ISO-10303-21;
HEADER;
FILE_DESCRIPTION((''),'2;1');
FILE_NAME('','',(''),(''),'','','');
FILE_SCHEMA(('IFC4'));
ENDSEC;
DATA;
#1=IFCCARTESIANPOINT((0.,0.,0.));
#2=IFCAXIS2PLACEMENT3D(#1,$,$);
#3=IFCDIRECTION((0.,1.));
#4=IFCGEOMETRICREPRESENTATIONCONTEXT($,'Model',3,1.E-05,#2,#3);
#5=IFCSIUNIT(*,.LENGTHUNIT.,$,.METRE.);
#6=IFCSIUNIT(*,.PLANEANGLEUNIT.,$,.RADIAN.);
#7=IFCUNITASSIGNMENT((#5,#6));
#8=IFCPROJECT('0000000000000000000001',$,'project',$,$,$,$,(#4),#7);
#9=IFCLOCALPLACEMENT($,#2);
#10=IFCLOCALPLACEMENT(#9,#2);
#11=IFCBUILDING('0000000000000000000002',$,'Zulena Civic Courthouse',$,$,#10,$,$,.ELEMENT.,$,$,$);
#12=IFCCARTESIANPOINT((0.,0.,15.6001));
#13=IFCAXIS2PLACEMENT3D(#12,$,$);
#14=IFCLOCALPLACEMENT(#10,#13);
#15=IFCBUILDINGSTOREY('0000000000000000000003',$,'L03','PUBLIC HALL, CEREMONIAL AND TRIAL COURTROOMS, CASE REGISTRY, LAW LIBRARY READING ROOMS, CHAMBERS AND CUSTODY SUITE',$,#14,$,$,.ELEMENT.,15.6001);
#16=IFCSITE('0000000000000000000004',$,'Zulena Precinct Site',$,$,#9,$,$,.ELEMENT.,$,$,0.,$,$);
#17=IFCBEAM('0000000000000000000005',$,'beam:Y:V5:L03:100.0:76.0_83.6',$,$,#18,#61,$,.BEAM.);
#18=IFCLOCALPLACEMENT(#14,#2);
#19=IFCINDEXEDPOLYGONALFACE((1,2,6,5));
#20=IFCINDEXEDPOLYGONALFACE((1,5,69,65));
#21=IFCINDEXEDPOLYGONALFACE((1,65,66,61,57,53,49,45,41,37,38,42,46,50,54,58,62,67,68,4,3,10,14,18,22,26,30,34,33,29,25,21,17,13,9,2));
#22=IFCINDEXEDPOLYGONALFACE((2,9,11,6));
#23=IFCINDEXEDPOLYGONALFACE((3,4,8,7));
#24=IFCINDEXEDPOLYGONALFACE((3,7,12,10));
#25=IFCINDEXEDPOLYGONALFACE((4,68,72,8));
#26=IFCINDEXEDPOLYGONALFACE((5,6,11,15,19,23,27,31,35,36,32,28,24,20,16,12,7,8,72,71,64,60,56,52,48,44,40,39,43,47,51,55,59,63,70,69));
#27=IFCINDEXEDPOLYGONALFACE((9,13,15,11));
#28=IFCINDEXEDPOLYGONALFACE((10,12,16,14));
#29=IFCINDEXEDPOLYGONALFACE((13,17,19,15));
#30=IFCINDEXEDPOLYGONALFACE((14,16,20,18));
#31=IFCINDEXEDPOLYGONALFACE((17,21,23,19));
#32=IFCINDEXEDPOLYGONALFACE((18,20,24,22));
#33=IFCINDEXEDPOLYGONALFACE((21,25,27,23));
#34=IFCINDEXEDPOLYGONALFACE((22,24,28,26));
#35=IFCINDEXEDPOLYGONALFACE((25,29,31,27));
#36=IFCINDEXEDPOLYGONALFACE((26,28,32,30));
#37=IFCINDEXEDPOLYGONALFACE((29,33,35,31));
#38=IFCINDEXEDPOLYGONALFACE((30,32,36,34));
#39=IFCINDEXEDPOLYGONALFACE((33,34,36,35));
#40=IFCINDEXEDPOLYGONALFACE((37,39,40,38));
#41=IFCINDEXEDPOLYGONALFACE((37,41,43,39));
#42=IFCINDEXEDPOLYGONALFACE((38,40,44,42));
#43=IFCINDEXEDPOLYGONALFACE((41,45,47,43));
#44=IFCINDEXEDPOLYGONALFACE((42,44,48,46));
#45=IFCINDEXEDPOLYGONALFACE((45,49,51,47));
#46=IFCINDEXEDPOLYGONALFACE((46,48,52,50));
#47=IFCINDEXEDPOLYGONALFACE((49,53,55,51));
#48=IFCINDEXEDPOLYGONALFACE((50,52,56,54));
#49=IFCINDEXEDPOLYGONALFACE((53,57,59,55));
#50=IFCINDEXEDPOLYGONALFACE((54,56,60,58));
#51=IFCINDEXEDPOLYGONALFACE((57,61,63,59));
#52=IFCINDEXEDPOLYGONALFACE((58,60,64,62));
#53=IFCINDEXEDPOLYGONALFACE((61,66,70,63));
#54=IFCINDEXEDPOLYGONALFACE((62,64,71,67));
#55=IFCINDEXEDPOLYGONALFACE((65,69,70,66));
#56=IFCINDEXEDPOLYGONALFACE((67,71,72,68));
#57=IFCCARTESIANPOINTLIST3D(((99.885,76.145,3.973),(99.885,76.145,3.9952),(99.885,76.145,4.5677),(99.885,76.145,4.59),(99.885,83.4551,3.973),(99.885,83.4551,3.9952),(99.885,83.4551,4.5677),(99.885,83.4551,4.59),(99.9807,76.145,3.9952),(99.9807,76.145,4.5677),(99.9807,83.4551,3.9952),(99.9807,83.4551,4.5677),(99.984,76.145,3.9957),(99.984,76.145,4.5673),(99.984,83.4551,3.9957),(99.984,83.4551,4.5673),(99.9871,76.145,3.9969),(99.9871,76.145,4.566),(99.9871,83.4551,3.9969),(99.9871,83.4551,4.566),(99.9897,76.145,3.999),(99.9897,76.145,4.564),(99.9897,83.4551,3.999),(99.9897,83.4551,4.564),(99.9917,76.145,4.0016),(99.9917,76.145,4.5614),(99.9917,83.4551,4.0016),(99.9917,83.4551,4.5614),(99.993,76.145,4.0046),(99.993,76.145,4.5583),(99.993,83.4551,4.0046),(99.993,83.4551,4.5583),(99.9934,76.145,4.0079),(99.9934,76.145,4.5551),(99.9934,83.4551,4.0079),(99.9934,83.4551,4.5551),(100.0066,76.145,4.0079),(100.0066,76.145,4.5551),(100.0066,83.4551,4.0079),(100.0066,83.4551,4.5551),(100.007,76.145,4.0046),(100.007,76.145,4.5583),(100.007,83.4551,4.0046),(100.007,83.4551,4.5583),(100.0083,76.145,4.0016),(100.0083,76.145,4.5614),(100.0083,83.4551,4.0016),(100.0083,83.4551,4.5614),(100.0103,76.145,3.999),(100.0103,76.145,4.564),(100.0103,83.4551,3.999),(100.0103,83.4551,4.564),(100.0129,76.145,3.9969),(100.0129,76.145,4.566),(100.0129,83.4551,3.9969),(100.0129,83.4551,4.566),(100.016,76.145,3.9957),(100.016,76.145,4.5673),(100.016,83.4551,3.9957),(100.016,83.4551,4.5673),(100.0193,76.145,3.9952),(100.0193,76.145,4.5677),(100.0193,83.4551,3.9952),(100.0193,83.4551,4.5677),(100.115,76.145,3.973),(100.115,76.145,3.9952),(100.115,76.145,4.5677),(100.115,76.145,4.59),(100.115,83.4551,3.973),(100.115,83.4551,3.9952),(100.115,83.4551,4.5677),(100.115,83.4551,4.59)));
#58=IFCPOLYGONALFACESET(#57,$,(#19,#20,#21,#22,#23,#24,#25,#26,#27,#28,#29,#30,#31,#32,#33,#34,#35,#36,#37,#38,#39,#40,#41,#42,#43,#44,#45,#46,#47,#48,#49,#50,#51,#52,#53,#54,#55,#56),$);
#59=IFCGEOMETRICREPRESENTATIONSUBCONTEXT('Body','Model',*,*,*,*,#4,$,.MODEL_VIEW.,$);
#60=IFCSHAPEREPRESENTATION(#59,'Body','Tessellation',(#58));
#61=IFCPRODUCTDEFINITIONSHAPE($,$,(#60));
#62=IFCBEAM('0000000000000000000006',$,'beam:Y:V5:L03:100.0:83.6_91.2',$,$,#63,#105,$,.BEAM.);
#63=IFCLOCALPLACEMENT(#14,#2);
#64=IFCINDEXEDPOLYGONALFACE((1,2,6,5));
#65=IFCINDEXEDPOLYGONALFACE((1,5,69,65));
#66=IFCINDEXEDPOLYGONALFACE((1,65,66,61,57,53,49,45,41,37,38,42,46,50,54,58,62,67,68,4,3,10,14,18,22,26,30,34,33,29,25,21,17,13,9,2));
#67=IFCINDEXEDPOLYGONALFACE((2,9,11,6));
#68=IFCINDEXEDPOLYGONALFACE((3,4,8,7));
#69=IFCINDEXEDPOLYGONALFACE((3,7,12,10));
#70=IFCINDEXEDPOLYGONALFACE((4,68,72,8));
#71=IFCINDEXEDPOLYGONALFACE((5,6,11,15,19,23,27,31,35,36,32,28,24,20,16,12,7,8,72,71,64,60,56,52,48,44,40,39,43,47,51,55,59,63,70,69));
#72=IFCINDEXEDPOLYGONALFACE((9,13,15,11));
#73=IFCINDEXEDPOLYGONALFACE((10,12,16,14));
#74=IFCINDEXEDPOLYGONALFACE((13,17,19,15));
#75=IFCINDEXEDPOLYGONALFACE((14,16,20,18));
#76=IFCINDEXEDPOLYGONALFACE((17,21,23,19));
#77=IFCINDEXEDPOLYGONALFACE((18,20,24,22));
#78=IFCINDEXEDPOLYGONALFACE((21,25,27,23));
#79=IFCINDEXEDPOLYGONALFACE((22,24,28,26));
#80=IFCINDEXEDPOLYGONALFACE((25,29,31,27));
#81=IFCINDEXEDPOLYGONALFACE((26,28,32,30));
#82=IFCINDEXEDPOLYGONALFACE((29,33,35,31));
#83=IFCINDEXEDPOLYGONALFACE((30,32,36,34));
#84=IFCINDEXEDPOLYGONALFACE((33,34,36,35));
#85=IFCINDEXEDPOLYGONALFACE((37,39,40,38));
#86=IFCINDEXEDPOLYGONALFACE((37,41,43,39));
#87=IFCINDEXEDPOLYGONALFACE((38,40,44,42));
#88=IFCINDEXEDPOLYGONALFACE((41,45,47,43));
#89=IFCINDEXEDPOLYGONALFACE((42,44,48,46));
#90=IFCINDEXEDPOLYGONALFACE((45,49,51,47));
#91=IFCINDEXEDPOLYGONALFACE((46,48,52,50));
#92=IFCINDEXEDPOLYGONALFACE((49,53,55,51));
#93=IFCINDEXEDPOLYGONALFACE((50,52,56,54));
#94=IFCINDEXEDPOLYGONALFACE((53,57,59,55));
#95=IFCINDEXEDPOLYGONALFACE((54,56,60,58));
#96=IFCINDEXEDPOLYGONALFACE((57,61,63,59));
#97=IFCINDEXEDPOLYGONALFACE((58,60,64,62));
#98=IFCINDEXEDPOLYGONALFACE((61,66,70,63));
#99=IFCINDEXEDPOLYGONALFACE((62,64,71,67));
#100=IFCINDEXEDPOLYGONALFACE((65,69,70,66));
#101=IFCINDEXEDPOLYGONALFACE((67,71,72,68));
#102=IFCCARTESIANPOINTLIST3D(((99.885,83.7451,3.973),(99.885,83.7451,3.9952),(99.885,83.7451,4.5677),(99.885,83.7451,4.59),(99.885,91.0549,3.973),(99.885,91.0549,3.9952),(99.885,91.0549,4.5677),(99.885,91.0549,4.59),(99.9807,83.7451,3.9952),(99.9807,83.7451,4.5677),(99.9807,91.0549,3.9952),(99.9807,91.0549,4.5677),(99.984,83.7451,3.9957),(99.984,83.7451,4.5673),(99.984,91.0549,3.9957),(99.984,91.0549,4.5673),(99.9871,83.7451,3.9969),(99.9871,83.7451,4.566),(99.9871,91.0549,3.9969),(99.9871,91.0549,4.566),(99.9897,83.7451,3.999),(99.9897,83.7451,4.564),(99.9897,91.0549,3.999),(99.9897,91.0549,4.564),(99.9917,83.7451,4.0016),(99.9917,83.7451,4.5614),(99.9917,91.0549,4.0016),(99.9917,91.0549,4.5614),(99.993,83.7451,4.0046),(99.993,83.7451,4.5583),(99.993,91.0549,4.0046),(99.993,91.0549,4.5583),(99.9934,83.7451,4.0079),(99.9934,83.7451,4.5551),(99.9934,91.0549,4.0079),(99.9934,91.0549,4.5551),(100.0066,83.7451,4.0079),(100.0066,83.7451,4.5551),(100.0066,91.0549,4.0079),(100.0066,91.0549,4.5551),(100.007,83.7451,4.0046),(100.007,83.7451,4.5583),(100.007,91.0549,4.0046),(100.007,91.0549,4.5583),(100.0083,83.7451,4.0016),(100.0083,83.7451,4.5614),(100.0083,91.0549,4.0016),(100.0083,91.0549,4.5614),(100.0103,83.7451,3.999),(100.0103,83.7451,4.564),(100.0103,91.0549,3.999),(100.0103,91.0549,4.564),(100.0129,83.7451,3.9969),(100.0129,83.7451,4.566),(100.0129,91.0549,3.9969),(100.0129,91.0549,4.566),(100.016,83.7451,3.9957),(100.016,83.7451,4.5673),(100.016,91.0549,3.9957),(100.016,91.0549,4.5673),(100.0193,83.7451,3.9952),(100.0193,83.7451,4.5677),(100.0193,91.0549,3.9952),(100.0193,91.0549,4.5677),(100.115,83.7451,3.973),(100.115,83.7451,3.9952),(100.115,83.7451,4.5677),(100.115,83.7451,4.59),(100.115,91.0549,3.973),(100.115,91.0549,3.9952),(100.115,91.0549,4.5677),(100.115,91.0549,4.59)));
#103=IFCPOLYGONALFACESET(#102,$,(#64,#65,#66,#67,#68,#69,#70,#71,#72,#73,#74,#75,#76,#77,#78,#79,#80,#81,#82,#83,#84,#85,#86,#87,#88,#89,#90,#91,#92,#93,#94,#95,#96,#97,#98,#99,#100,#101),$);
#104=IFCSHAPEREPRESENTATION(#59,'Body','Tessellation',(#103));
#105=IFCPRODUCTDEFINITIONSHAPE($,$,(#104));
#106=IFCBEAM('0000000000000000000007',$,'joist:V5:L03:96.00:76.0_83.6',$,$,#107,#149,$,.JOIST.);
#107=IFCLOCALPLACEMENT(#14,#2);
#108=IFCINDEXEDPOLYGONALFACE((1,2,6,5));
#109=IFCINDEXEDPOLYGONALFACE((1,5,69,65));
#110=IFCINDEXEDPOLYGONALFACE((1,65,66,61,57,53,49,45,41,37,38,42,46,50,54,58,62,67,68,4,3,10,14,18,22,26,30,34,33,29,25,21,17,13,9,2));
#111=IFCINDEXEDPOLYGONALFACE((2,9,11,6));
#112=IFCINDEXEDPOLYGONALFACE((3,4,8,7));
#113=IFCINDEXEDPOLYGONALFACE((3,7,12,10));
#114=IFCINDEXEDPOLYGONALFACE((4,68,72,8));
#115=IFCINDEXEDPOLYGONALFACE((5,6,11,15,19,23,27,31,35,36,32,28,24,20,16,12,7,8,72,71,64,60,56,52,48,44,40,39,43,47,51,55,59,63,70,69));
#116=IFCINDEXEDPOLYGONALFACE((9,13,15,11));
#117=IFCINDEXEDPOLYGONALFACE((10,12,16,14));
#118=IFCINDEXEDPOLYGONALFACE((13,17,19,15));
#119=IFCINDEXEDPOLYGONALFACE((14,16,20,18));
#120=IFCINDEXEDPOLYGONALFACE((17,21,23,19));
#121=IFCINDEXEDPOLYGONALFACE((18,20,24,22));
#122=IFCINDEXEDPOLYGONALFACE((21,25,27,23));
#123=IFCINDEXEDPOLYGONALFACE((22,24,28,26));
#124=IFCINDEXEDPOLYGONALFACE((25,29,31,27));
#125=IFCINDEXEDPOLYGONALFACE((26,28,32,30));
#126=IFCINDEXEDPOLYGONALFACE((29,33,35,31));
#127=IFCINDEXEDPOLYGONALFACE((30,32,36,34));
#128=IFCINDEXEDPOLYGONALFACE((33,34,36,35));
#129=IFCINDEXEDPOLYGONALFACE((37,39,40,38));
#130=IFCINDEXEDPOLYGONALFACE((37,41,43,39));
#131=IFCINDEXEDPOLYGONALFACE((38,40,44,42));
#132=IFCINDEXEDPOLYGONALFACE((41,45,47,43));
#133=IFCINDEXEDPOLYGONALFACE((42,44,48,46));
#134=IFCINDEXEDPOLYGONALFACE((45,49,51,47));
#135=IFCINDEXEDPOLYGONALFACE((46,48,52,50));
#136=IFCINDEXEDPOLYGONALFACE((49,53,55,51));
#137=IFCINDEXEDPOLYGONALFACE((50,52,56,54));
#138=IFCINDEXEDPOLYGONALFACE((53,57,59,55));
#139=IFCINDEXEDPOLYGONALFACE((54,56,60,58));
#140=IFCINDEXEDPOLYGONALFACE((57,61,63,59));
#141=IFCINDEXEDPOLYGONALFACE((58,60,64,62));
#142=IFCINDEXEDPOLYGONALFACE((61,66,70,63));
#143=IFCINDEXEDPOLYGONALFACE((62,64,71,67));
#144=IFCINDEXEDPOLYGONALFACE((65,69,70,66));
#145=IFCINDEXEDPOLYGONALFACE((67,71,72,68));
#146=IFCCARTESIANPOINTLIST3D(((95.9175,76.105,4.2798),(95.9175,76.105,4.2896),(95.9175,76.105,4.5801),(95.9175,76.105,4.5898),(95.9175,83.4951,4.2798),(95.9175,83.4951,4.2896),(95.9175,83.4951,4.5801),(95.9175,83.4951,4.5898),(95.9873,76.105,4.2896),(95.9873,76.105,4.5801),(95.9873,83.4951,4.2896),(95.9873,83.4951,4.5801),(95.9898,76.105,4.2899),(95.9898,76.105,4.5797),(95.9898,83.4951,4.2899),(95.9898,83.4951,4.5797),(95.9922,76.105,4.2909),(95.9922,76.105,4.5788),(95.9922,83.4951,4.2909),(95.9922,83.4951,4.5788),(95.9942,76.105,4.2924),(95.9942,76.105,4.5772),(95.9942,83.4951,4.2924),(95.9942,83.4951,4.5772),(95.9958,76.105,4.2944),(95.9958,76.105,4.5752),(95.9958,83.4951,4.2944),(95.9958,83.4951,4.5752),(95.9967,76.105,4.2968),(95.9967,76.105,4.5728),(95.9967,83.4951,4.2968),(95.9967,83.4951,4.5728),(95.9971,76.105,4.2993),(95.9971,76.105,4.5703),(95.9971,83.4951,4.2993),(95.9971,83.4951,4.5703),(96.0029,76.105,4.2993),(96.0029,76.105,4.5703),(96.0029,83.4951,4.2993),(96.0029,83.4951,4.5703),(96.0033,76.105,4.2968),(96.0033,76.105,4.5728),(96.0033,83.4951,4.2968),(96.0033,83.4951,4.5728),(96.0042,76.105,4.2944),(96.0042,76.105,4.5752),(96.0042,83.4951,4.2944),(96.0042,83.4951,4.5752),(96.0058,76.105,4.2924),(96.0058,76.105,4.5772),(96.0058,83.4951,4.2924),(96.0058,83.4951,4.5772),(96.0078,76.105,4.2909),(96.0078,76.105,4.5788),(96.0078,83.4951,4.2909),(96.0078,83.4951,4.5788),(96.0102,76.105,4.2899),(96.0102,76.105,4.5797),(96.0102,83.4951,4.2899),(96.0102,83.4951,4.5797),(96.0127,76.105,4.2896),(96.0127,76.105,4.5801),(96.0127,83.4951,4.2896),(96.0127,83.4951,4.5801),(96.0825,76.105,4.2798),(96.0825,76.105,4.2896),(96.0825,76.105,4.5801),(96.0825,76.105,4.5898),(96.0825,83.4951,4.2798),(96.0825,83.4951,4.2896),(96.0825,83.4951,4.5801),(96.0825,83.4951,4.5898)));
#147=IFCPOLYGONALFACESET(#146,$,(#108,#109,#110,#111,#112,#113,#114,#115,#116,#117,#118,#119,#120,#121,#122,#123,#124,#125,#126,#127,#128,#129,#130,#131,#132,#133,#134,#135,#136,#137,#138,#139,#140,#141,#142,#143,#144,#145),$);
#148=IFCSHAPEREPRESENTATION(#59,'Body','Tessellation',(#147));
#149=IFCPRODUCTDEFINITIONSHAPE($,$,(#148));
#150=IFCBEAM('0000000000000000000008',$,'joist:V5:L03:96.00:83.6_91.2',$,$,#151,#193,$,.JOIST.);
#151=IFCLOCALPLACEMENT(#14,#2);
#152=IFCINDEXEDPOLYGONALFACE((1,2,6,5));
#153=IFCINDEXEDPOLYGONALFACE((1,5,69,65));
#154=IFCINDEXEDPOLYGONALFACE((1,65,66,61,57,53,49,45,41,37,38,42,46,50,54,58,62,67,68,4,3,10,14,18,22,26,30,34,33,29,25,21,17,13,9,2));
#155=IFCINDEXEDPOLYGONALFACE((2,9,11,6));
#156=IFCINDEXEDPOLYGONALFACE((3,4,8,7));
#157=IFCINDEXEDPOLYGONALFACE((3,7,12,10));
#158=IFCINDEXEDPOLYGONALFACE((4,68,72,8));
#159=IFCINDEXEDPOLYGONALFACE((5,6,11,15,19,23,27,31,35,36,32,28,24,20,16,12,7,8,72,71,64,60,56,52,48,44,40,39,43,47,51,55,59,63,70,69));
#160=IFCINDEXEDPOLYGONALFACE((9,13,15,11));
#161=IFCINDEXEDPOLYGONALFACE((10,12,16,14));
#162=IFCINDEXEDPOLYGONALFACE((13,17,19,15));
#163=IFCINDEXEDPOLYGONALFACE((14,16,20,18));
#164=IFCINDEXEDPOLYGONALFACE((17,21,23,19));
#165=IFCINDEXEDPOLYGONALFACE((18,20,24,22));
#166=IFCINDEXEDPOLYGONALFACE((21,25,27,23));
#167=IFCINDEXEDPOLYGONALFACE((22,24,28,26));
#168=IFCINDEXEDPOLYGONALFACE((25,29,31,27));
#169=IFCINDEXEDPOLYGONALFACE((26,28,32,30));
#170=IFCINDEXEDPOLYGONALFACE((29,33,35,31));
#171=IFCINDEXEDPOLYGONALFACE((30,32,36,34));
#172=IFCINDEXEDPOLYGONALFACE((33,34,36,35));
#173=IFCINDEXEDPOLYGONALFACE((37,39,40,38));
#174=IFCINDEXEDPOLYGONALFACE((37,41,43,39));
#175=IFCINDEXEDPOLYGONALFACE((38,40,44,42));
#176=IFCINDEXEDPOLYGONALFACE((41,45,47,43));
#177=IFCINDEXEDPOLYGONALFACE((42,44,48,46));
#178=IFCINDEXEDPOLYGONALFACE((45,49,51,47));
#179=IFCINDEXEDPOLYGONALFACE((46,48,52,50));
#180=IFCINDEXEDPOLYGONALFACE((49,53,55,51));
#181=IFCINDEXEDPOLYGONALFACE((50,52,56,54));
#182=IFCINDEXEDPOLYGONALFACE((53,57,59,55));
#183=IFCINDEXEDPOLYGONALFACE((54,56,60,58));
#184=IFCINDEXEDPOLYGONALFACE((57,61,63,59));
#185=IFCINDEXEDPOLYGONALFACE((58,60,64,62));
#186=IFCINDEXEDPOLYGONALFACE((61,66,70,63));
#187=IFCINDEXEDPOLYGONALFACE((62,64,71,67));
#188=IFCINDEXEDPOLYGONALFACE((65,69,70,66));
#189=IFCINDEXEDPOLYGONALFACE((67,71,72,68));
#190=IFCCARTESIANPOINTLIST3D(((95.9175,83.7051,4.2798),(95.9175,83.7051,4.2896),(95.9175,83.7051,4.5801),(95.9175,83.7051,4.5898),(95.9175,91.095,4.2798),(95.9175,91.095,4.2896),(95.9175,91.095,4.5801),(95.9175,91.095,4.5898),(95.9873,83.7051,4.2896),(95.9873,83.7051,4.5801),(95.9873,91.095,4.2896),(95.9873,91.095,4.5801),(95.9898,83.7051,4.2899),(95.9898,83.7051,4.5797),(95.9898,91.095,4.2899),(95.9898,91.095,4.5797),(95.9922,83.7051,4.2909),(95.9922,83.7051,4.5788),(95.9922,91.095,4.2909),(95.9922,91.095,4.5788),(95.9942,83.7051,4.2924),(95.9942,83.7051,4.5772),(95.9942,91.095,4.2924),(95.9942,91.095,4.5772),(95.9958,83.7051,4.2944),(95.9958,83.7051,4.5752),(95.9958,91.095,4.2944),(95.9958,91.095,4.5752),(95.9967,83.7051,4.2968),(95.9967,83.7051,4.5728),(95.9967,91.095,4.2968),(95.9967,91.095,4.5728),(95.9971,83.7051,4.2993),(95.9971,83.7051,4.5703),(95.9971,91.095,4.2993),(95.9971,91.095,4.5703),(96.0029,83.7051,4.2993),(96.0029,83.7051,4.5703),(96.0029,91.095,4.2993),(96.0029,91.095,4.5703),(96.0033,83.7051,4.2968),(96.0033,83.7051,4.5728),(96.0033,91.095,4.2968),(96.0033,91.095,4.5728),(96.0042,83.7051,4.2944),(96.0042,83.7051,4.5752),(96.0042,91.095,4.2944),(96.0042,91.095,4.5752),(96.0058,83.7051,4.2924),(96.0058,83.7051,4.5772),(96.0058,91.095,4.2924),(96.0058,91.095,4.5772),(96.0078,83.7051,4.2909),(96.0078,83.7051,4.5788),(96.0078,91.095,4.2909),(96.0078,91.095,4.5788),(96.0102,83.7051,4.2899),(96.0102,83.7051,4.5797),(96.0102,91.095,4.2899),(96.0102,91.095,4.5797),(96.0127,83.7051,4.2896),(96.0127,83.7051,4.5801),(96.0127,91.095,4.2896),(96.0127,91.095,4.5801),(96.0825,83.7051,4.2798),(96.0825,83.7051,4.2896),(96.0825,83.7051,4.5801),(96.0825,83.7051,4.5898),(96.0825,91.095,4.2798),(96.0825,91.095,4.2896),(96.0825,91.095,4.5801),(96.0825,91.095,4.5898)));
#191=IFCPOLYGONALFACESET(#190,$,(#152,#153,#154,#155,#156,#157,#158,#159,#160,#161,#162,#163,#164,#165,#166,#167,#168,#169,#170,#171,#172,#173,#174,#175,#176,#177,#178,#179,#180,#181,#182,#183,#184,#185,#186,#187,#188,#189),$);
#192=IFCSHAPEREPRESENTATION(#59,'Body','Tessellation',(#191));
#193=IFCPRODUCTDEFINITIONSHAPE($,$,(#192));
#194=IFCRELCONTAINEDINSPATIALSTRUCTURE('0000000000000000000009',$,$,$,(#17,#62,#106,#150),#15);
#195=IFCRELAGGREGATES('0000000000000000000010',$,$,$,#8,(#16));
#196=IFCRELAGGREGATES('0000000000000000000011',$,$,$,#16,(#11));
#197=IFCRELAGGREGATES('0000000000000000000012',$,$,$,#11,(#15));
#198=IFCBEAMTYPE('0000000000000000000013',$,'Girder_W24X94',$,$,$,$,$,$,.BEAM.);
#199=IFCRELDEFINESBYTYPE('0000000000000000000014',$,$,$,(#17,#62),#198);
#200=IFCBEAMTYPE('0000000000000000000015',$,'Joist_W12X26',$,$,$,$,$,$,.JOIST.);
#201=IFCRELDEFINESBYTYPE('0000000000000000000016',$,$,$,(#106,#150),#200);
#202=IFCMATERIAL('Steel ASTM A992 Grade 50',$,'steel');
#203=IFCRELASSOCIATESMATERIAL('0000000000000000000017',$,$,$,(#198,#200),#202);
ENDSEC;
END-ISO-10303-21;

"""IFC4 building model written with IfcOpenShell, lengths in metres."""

from ifc_helpers import new_model, si_unit, direction, frame, origin, origin_2d, place, context, subcontext, project, spatial, i_section, extrude, material, material_profile, profile_set, type_object, element, save


model = new_model("IFC4")

# Units and contexts
model_context = context("Model", 3, precision=1e-05, world=origin(), true_north=direction((0.0, 1.0)))
body_context = subcontext(model_context, "Body", "Model", "MODEL_VIEW")
ifc_project = project(units=[si_unit("LENGTHUNIT", "METRE"), si_unit("PLANEANGLEUNIT", "RADIAN")], contexts=[model_context])

# Site, building, storey
site_placement = place(None, origin())
site = spatial("IfcSite", under=ifc_project, at=site_placement, Name="Zulena Precinct Site", CompositionType="ELEMENT", RefElevation=0.0)
building_placement = place(site_placement, origin())
building = spatial("IfcBuilding", under=site, at=building_placement, Name="Zulena Civic Courthouse", CompositionType="ELEMENT")
storey_placement = place(building_placement, frame((0.0, 0.0, 15.6001)))
storey = spatial("IfcBuildingStorey", under=building, at=storey_placement, Name="L03", Description="PUBLIC HALL, CEREMONIAL AND TRIAL COURTROOMS, CASE REGISTRY, LAW LIBRARY READING ROOMS, CHAMBERS AND CUSTODY SUITE", CompositionType="ELEMENT", Elevation=15.6001)

# Shared definitions
ifc_material_1 = material(Name="Steel ASTM A992 Grade 50", Category="steel")

# Beams
ifc_material_profile_1 = material_profile(ifc_material_1, i_section(OverallWidth=0.23, OverallDepth=0.6169, WebThickness=0.0132, FlangeThickness=0.0222, FilletRadius=0.0127, at=origin_2d()), Name="W24X94")
ifc_profile_set_1 = profile_set([ifc_material_profile_1], Name="Steel ASTM A992 Grade 50")
beam_type_1 = type_object("IfcBeamType", Name="Girder_W24X94", PredefinedType="BEAM", material=ifc_profile_set_1)
for number, where, z_axis, x_axis, name in (
    (1, (100.0, 76.145, 4.2815), (0.0, 1.0, 0.0), (-1.0, 0.0, 0.0), "beam:Y:V5:L03:100.0:76.0_83.6"),
):
    element("IfcBeam", number, at=place(storey_placement, frame(where, z_axis=z_axis, x_axis=x_axis)), inside=storey, type_object=beam_type_1, Name=name, PredefinedType="BEAM", context=body_context, shape_type="SweptSolid", body=[
        extrude(i_section(OverallWidth=0.23, OverallDepth=0.6169, WebThickness=0.0132, FlangeThickness=0.0222, FilletRadius=0.0127, at=origin_2d()), origin(), (0.0, 0.0, 1.0), 7.3101),
    ])
beam_1_placement = place(storey_placement, frame((100.0, 83.7451, 4.2815), z_axis=(0.0, 1.0, 0.0), x_axis=(-1.0, 0.0, 0.0)))
element("IfcBeam", 2, at=beam_1_placement, inside=storey, type_object=beam_type_1, Name="beam:Y:V5:L03:100.0:83.6_91.2", PredefinedType="BEAM", context=body_context, shape_type="SweptSolid", body=[
    extrude(i_section(OverallWidth=0.23, OverallDepth=0.6169, WebThickness=0.0132, FlangeThickness=0.0222, FilletRadius=0.0127, at=origin_2d()), origin(), (0.0, 0.0, 1.0), 7.3098),
])
ifc_material_profile_2 = material_profile(ifc_material_1, i_section(OverallWidth=0.165, OverallDepth=0.3101, WebThickness=0.0059, FlangeThickness=0.0098, FilletRadius=0.0098, at=origin_2d()), Name="W12X26")
ifc_profile_set_2 = profile_set([ifc_material_profile_2], Name="Steel ASTM A992 Grade 50")
beam_type_2 = type_object("IfcBeamType", Name="Joist_W12X26", PredefinedType="JOIST", material=ifc_profile_set_2)
beam_2_placement = place(storey_placement, frame((96.0, 76.105, 4.4348), z_axis=(0.0, 1.0, 0.0), x_axis=(-1.0, 0.0, 0.0)))
element("IfcBeam", 3, at=beam_2_placement, inside=storey, type_object=beam_type_2, Name="joist:V5:L03:96.00:76.0_83.6", PredefinedType="JOIST", context=body_context, shape_type="SweptSolid", body=[
    extrude(i_section(OverallWidth=0.165, OverallDepth=0.3101, WebThickness=0.0059, FlangeThickness=0.0098, FilletRadius=0.0098, at=origin_2d()), origin(), (0.0, 0.0, 1.0), 7.3901),
])
beam_3_placement = place(storey_placement, frame((96.0, 83.7051, 4.4348), z_axis=(0.0, 1.0, 0.0), x_axis=(-1.0, 0.0, 0.0)))
element("IfcBeam", 4, at=beam_3_placement, inside=storey, type_object=beam_type_2, Name="joist:V5:L03:96.00:83.6_91.2", PredefinedType="JOIST", context=body_context, shape_type="SweptSolid", body=[
    extrude(i_section(OverallWidth=0.165, OverallDepth=0.3101, WebThickness=0.0059, FlangeThickness=0.0098, FilletRadius=0.0098, at=origin_2d()), origin(), (0.0, 0.0, 1.0), 7.3899),
])

save(model, "model.ifc")
